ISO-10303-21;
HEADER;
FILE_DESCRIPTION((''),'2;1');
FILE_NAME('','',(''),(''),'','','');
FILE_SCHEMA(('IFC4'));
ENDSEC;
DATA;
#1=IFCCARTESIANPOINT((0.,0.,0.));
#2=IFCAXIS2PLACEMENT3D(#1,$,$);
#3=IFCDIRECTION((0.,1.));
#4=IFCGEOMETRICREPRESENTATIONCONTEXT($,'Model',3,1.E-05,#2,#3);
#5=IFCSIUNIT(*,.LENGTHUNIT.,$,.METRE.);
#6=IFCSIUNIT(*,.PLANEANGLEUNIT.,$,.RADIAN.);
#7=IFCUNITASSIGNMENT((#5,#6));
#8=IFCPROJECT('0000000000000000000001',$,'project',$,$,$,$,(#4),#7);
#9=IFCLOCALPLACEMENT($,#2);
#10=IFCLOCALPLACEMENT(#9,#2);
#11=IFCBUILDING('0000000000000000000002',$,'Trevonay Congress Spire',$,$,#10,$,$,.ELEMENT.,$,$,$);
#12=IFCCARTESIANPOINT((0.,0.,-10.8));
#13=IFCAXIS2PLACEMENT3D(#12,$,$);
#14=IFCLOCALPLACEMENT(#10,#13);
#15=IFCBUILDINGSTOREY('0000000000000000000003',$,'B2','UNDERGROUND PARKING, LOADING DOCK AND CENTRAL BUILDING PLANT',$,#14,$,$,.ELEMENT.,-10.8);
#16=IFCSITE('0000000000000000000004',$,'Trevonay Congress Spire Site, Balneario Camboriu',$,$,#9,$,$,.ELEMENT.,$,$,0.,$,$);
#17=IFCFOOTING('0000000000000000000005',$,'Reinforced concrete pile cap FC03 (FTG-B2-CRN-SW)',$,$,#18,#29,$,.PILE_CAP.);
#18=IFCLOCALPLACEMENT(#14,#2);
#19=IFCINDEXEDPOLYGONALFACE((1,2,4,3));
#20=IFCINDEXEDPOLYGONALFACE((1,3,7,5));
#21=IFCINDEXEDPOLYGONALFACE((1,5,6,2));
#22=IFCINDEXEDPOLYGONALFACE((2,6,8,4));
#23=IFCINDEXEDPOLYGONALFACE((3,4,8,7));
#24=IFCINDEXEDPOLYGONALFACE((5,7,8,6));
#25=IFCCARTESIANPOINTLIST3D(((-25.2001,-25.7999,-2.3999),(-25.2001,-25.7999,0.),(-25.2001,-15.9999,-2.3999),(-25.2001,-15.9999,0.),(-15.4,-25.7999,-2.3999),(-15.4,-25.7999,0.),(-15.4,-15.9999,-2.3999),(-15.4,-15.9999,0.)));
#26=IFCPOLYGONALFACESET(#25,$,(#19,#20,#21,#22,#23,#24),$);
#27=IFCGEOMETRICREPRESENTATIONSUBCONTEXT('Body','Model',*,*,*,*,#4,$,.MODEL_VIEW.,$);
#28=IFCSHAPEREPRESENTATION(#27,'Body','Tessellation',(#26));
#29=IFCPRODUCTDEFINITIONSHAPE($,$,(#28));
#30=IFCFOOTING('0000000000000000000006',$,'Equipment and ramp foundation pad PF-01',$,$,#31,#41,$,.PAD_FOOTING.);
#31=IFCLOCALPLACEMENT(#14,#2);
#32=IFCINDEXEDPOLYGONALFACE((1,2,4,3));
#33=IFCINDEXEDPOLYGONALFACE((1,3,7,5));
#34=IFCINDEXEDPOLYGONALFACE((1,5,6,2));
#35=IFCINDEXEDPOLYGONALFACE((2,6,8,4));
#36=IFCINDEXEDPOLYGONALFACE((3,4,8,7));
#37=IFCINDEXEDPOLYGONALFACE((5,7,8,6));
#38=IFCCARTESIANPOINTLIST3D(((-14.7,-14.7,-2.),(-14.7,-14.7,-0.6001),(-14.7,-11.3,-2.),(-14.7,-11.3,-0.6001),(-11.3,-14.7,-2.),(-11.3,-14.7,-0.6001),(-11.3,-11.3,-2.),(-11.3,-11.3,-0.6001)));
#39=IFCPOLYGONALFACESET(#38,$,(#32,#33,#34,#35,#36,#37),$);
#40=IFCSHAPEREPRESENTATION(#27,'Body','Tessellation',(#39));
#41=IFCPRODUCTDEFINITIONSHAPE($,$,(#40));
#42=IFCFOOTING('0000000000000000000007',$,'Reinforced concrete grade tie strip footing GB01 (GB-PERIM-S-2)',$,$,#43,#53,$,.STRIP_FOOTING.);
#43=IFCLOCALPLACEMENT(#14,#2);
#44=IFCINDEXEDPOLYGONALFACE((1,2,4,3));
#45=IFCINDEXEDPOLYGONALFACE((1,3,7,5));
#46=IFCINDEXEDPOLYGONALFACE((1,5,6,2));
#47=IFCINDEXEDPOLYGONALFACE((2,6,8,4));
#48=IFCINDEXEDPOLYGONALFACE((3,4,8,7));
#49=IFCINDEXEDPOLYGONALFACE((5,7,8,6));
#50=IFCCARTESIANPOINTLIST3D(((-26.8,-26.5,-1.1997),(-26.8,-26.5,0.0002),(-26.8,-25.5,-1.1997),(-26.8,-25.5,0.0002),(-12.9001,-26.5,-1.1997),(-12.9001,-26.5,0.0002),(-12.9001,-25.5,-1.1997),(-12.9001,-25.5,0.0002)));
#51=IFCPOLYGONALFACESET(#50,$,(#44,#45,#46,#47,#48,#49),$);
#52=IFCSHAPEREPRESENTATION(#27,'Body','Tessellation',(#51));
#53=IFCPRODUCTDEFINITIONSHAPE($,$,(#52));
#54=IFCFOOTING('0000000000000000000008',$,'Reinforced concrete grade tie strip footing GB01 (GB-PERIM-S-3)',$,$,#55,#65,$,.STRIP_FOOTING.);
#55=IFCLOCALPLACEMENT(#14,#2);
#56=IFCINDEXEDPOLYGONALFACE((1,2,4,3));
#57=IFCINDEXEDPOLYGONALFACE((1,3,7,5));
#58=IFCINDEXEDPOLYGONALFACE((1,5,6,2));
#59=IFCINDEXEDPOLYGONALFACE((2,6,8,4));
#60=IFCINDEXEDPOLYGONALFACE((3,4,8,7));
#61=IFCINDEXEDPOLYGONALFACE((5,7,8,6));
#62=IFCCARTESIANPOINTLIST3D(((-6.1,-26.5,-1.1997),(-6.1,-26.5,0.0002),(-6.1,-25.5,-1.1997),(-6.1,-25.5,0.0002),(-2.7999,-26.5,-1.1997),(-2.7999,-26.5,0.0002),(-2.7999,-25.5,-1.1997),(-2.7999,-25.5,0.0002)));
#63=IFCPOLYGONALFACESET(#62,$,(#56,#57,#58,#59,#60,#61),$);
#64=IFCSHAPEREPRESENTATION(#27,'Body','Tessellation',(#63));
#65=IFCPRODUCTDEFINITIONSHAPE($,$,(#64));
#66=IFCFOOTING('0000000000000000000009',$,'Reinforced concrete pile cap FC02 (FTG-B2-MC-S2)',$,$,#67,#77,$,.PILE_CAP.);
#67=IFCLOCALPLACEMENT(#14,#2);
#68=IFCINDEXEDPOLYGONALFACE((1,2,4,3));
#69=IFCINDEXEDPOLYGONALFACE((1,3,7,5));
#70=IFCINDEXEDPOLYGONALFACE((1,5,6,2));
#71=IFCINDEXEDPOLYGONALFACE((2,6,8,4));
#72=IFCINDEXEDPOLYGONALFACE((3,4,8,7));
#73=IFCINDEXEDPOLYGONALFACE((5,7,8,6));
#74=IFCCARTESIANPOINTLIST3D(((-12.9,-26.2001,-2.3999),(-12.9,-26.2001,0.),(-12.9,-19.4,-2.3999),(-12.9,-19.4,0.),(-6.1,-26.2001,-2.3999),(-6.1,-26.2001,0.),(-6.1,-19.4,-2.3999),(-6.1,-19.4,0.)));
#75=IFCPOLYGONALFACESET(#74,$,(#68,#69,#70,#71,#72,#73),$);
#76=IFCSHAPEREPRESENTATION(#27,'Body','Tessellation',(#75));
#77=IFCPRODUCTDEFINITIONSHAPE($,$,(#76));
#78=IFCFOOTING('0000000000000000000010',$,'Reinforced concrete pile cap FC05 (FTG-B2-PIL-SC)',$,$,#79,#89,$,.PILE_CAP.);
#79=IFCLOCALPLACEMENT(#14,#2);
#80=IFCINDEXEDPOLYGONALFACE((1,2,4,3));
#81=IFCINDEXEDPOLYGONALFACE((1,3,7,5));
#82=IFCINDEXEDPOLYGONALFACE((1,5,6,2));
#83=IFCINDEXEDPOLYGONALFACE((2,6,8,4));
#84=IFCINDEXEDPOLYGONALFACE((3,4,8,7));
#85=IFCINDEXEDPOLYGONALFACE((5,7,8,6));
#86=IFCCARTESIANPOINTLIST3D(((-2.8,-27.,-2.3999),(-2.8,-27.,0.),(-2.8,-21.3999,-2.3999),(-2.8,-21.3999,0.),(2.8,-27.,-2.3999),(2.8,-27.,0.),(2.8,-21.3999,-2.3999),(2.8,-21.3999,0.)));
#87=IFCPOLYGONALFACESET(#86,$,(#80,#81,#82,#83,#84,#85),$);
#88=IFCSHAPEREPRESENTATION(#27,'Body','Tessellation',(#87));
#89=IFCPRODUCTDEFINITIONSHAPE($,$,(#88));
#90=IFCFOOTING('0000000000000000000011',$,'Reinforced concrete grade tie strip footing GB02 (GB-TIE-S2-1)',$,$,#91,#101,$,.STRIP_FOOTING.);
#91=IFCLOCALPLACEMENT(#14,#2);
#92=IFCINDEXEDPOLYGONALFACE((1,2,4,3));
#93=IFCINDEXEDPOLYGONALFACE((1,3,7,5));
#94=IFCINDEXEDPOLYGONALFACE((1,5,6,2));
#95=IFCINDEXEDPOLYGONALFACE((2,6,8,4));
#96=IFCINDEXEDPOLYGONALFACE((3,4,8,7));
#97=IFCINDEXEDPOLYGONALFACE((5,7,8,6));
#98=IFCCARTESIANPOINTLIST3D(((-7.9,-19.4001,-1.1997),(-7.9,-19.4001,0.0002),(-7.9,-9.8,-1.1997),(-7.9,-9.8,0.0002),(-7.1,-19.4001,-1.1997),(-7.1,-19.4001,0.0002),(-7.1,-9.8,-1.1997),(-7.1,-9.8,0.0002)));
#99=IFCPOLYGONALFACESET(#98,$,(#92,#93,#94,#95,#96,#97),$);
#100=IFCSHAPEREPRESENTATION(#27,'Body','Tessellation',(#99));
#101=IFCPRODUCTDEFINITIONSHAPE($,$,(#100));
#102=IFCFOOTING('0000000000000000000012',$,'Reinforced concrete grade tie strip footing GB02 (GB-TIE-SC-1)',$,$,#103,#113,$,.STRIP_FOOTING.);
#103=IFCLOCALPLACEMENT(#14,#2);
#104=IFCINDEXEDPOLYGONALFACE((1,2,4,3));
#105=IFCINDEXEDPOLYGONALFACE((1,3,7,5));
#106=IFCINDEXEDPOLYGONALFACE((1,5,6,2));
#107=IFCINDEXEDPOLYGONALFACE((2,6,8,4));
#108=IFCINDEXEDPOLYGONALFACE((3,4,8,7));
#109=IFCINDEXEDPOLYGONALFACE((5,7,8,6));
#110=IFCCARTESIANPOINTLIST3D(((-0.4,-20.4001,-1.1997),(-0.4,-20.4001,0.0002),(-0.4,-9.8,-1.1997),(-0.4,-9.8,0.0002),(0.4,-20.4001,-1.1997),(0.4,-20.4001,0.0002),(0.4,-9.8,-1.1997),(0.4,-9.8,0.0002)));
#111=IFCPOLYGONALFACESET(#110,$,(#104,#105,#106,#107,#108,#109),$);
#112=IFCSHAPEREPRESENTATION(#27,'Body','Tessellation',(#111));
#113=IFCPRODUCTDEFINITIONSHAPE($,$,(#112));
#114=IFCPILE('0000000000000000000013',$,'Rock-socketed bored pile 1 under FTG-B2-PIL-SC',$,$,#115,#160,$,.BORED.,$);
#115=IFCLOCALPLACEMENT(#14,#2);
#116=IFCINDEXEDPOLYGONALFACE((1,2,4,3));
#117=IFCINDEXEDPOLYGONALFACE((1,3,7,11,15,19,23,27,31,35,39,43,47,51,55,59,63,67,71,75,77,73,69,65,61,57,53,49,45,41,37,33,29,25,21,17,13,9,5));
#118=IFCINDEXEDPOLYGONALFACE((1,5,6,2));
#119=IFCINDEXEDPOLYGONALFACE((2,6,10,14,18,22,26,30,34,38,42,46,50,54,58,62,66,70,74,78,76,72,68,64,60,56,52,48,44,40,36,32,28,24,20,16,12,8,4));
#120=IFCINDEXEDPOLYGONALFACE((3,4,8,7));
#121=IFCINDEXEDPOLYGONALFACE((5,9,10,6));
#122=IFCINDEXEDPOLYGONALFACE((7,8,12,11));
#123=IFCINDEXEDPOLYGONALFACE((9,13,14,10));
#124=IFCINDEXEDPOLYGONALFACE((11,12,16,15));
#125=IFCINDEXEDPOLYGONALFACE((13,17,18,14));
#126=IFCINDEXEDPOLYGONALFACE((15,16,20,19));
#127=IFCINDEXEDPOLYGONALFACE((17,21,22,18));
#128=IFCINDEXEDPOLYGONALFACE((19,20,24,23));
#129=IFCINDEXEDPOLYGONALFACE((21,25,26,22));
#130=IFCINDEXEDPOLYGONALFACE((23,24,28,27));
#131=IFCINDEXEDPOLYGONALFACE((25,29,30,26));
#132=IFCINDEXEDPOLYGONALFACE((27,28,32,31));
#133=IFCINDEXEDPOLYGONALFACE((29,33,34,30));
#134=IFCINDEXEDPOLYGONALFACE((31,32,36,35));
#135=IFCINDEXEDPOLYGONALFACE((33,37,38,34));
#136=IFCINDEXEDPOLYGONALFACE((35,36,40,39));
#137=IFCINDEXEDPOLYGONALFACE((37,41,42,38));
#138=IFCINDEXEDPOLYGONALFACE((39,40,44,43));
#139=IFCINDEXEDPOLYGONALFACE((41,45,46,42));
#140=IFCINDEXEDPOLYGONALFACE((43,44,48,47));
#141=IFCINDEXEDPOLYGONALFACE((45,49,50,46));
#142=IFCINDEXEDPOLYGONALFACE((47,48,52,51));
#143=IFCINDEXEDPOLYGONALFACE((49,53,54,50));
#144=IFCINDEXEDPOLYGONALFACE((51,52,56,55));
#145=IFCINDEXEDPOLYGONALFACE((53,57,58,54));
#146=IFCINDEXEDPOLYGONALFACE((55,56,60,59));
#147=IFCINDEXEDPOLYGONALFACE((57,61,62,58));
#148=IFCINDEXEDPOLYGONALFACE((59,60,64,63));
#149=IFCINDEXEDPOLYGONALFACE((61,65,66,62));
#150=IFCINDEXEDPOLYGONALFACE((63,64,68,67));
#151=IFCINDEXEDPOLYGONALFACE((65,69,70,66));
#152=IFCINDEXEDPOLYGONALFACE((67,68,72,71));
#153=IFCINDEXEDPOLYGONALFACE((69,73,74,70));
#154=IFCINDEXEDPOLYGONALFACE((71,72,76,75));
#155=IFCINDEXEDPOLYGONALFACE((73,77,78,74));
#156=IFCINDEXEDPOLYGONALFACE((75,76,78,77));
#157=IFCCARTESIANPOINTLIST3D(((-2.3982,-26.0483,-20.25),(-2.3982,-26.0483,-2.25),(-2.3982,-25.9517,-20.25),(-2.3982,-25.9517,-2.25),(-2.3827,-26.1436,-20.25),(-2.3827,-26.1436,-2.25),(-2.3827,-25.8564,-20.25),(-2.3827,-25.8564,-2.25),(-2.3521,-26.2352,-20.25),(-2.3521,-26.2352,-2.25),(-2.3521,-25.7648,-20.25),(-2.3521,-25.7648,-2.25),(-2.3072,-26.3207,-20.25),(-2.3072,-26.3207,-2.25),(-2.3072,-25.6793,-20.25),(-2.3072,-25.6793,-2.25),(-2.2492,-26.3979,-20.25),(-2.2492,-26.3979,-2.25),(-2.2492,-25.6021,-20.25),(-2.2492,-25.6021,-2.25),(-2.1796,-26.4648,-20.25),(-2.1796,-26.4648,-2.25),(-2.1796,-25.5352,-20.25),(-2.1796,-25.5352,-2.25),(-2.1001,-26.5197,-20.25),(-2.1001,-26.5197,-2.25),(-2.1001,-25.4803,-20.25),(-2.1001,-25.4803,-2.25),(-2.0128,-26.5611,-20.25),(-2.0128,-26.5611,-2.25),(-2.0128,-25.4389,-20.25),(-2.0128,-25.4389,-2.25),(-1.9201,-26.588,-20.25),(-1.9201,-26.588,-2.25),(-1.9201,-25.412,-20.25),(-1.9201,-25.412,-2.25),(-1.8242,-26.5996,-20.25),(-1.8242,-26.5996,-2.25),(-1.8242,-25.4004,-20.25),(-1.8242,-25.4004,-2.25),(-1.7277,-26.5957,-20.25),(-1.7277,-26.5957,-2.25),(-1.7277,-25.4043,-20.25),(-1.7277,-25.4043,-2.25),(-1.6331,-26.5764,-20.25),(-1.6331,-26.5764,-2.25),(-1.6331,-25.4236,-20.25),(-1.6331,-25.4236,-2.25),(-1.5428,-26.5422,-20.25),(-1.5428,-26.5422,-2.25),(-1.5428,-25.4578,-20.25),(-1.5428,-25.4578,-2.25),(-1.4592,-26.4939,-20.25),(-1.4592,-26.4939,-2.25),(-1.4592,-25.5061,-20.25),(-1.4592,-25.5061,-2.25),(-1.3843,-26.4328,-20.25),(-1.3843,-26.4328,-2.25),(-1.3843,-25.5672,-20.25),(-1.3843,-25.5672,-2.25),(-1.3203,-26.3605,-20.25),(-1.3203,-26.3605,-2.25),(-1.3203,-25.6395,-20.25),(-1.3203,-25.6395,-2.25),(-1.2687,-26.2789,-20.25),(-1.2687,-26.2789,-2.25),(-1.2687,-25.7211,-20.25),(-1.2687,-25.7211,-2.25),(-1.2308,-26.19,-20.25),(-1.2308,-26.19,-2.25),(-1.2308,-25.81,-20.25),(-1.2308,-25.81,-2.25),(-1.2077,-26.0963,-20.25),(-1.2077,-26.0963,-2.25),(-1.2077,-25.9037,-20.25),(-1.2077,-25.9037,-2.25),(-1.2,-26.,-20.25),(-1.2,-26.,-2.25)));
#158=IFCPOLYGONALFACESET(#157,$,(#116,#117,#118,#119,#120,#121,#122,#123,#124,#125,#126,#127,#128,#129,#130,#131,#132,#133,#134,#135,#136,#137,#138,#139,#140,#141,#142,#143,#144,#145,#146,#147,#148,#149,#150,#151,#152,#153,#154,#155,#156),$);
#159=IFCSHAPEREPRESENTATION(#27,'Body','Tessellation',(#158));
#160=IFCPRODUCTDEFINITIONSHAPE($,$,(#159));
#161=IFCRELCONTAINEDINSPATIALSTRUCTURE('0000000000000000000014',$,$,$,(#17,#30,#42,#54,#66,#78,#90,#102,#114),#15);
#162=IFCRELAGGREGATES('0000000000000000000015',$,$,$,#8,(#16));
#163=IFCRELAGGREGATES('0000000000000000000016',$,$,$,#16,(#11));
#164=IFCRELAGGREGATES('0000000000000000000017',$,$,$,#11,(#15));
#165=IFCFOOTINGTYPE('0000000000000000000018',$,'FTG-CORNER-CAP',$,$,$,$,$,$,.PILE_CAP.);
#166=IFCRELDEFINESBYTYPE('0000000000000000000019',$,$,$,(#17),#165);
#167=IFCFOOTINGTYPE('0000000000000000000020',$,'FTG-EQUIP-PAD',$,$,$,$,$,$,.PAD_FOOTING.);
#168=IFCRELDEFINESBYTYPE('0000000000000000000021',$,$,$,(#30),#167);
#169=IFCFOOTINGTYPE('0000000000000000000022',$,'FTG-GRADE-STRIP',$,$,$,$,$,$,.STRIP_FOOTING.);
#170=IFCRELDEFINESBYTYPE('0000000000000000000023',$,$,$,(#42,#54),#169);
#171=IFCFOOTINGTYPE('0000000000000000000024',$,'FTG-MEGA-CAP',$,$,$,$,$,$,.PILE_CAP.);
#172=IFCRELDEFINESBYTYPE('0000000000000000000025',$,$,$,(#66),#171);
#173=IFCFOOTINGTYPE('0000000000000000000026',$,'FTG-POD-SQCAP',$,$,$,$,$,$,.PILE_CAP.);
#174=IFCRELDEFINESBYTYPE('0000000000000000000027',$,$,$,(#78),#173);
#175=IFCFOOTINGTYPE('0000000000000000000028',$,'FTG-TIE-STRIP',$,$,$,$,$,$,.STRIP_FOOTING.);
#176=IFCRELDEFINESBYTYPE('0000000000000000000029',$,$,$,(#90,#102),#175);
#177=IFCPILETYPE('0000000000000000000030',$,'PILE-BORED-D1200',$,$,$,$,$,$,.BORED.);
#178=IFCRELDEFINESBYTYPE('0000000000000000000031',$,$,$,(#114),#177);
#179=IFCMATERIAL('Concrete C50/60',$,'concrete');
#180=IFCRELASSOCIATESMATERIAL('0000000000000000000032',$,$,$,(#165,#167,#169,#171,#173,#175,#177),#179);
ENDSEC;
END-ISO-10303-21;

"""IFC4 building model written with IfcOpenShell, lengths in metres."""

from ifc_helpers import new_model, si_unit, direction, frame, origin, origin_2d, place, context, subcontext, project, spatial, rectangle, circle, extrude, material, material_profile, profile_set, type_object, element, save


model = new_model("IFC4")

# Units and contexts
model_context = context("Model", 3, precision=1e-05, world=origin(), true_north=direction((0.0, 1.0)))
body_context = subcontext(model_context, "Body", "Model", "MODEL_VIEW")
ifc_project = project(units=[si_unit("LENGTHUNIT", "METRE"), si_unit("PLANEANGLEUNIT", "RADIAN")], contexts=[model_context])

# Site, building, storey
site_placement = place(None, origin())
site = spatial("IfcSite", under=ifc_project, at=site_placement, Name="Trevonay Congress Spire Site, Balneario Camboriu", CompositionType="ELEMENT", RefElevation=0.0)
building_placement = place(site_placement, origin())
building = spatial("IfcBuilding", under=site, at=building_placement, Name="Trevonay Congress Spire", CompositionType="ELEMENT")
storey_placement = place(building_placement, frame((0.0, 0.0, -10.8)))
storey = spatial("IfcBuildingStorey", under=building, at=storey_placement, Name="B2", Description="UNDERGROUND PARKING, LOADING DOCK AND CENTRAL BUILDING PLANT", CompositionType="ELEMENT", Elevation=-10.8)

# Footings
ifc_material_1 = material(Name="Concrete C50/60", Category="concrete")
footing_type_1 = type_object("IfcFootingType", Name="FTG-CORNER-CAP", PredefinedType="PILE_CAP", material=ifc_material_1)
footing_1_placement = place(storey_placement, frame((-20.3, -20.8999, -2.3999), z_axis=(0.0, 0.0, 1.0), x_axis=(1.0, 0.0, 0.0)))
element("IfcFooting", 1, at=footing_1_placement, inside=storey, type_object=footing_type_1, Name="Reinforced concrete pile cap FC03 (FTG-B2-CRN-SW)", PredefinedType="PILE_CAP", context=body_context, shape_type="SweptSolid", body=[
    extrude(rectangle(XDim=9.8, YDim=9.8, at=origin_2d()), origin(), (0.0, 0.0, 1.0), 2.3999),
])
footing_type_2 = type_object("IfcFootingType", Name="FTG-EQUIP-PAD", PredefinedType="PAD_FOOTING", material=ifc_material_1)
footing_2_placement = place(storey_placement, frame((-13.0, -13.0, -2.0), z_axis=(0.0, 0.0, 1.0), x_axis=(1.0, 0.0, 0.0)))
element("IfcFooting", 2, at=footing_2_placement, inside=storey, type_object=footing_type_2, Name="Equipment and ramp foundation pad PF-01", PredefinedType="PAD_FOOTING", context=body_context, shape_type="SweptSolid", body=[
    extrude(rectangle(XDim=3.3999, YDim=3.3999, at=origin_2d()), origin(), (0.0, 0.0, 1.0), 1.3999),
])
footing_type_3 = type_object("IfcFootingType", Name="FTG-GRADE-STRIP", PredefinedType="STRIP_FOOTING", material=ifc_material_1)
footing_3_placement = place(storey_placement, frame((-19.8501, -26.0, -1.1997), z_axis=(0.0, 0.0, 1.0), x_axis=(1.0, 0.0, 0.0)))
element("IfcFooting", 3, at=footing_3_placement, inside=storey, type_object=footing_type_3, Name="Reinforced concrete grade tie strip footing GB01 (GB-PERIM-S-2)", PredefinedType="STRIP_FOOTING", context=body_context, shape_type="SweptSolid", body=[
    extrude(rectangle(XDim=13.8999, YDim=1.0, at=origin_2d()), origin(), (0.0, 0.0, 1.0), 1.2),
])
footing_4_placement = place(storey_placement, frame((-4.45, -26.0, -1.1997), z_axis=(0.0, 0.0, 1.0), x_axis=(1.0, 0.0, 0.0)))
element("IfcFooting", 4, at=footing_4_placement, inside=storey, type_object=footing_type_3, Name="Reinforced concrete grade tie strip footing GB01 (GB-PERIM-S-3)", PredefinedType="STRIP_FOOTING", context=body_context, shape_type="SweptSolid", body=[
    extrude(rectangle(XDim=3.3, YDim=1.0, at=origin_2d()), origin(), (0.0, 0.0, 1.0), 1.2),
])
footing_type_4 = type_object("IfcFootingType", Name="FTG-MEGA-CAP", PredefinedType="PILE_CAP", material=ifc_material_1)
footing_5_placement = place(storey_placement, frame((-9.5, -22.8, -2.3999), z_axis=(0.0, 0.0, 1.0), x_axis=(1.0, 0.0, 0.0)))
element("IfcFooting", 5, at=footing_5_placement, inside=storey, type_object=footing_type_4, Name="Reinforced concrete pile cap FC02 (FTG-B2-MC-S2)", PredefinedType="PILE_CAP", context=body_context, shape_type="SweptSolid", body=[
    extrude(rectangle(XDim=6.8, YDim=6.8, at=origin_2d()), origin(), (0.0, 0.0, 1.0), 2.3999),
])
footing_type_5 = type_object("IfcFootingType", Name="FTG-POD-SQCAP", PredefinedType="PILE_CAP", material=ifc_material_1)
footing_6_placement = place(storey_placement, frame((0.0, -24.2, -2.3999), z_axis=(0.0, 0.0, 1.0), x_axis=(1.0, 0.0, 0.0)))
element("IfcFooting", 6, at=footing_6_placement, inside=storey, type_object=footing_type_5, Name="Reinforced concrete pile cap FC05 (FTG-B2-PIL-SC)", PredefinedType="PILE_CAP", context=body_context, shape_type="SweptSolid", body=[
    extrude(rectangle(XDim=5.6001, YDim=5.6001, at=origin_2d()), origin(), (0.0, 0.0, 1.0), 2.3999),
])
footing_type_6 = type_object("IfcFootingType", Name="FTG-TIE-STRIP", PredefinedType="STRIP_FOOTING", material=ifc_material_1)
footing_7_placement = place(storey_placement, frame((-7.5, -14.6001, -1.1997), z_axis=(0.0, 0.0, 1.0), x_axis=(0.0, 1.0, 0.0)))
element("IfcFooting", 7, at=footing_7_placement, inside=storey, type_object=footing_type_6, Name="Reinforced concrete grade tie strip footing GB02 (GB-TIE-S2-1)", PredefinedType="STRIP_FOOTING", context=body_context, shape_type="SweptSolid", body=[
    extrude(rectangle(XDim=9.6001, YDim=0.8, at=origin_2d()), origin(), (0.0, 0.0, 1.0), 1.2),
])
footing_8_placement = place(storey_placement, frame((0.0, -15.1001, -1.1997), z_axis=(0.0, 0.0, 1.0), x_axis=(0.0, 1.0, 0.0)))
element("IfcFooting", 8, at=footing_8_placement, inside=storey, type_object=footing_type_6, Name="Reinforced concrete grade tie strip footing GB02 (GB-TIE-SC-1)", PredefinedType="STRIP_FOOTING", context=body_context, shape_type="SweptSolid", body=[
    extrude(rectangle(XDim=10.6001, YDim=0.8, at=origin_2d()), origin(), (0.0, 0.0, 1.0), 1.2),
])

# Pile
ifc_material_profile_1 = material_profile(ifc_material_1, circle(Radius=0.6001, at=origin_2d()), Name="PILE D1200")
ifc_profile_set_1 = profile_set([ifc_material_profile_1], Name="Concrete C50/60")
pile_type_1 = type_object("IfcPileType", Name="PILE-BORED-D1200", PredefinedType="BORED", material=ifc_profile_set_1)
for number, where, z_axis, x_axis, name in (
    (9, (-1.8, -26.0, -2.25), (0.0, 0.0, -1.0), (1.0, 0.0, 0.0), "Rock-socketed bored pile 1 under FTG-B2-PIL-SC"),
):
    element("IfcPile", number, at=place(storey_placement, frame(where, z_axis=z_axis, x_axis=x_axis)), inside=storey, type_object=pile_type_1, Name=name, PredefinedType="BORED", context=body_context, shape_type="SweptSolid", body=[
        extrude(circle(Radius=0.6001, at=origin_2d()), origin(), (0.0, 0.0, 1.0), 18.0),
    ])

save(model, "model.ifc")
